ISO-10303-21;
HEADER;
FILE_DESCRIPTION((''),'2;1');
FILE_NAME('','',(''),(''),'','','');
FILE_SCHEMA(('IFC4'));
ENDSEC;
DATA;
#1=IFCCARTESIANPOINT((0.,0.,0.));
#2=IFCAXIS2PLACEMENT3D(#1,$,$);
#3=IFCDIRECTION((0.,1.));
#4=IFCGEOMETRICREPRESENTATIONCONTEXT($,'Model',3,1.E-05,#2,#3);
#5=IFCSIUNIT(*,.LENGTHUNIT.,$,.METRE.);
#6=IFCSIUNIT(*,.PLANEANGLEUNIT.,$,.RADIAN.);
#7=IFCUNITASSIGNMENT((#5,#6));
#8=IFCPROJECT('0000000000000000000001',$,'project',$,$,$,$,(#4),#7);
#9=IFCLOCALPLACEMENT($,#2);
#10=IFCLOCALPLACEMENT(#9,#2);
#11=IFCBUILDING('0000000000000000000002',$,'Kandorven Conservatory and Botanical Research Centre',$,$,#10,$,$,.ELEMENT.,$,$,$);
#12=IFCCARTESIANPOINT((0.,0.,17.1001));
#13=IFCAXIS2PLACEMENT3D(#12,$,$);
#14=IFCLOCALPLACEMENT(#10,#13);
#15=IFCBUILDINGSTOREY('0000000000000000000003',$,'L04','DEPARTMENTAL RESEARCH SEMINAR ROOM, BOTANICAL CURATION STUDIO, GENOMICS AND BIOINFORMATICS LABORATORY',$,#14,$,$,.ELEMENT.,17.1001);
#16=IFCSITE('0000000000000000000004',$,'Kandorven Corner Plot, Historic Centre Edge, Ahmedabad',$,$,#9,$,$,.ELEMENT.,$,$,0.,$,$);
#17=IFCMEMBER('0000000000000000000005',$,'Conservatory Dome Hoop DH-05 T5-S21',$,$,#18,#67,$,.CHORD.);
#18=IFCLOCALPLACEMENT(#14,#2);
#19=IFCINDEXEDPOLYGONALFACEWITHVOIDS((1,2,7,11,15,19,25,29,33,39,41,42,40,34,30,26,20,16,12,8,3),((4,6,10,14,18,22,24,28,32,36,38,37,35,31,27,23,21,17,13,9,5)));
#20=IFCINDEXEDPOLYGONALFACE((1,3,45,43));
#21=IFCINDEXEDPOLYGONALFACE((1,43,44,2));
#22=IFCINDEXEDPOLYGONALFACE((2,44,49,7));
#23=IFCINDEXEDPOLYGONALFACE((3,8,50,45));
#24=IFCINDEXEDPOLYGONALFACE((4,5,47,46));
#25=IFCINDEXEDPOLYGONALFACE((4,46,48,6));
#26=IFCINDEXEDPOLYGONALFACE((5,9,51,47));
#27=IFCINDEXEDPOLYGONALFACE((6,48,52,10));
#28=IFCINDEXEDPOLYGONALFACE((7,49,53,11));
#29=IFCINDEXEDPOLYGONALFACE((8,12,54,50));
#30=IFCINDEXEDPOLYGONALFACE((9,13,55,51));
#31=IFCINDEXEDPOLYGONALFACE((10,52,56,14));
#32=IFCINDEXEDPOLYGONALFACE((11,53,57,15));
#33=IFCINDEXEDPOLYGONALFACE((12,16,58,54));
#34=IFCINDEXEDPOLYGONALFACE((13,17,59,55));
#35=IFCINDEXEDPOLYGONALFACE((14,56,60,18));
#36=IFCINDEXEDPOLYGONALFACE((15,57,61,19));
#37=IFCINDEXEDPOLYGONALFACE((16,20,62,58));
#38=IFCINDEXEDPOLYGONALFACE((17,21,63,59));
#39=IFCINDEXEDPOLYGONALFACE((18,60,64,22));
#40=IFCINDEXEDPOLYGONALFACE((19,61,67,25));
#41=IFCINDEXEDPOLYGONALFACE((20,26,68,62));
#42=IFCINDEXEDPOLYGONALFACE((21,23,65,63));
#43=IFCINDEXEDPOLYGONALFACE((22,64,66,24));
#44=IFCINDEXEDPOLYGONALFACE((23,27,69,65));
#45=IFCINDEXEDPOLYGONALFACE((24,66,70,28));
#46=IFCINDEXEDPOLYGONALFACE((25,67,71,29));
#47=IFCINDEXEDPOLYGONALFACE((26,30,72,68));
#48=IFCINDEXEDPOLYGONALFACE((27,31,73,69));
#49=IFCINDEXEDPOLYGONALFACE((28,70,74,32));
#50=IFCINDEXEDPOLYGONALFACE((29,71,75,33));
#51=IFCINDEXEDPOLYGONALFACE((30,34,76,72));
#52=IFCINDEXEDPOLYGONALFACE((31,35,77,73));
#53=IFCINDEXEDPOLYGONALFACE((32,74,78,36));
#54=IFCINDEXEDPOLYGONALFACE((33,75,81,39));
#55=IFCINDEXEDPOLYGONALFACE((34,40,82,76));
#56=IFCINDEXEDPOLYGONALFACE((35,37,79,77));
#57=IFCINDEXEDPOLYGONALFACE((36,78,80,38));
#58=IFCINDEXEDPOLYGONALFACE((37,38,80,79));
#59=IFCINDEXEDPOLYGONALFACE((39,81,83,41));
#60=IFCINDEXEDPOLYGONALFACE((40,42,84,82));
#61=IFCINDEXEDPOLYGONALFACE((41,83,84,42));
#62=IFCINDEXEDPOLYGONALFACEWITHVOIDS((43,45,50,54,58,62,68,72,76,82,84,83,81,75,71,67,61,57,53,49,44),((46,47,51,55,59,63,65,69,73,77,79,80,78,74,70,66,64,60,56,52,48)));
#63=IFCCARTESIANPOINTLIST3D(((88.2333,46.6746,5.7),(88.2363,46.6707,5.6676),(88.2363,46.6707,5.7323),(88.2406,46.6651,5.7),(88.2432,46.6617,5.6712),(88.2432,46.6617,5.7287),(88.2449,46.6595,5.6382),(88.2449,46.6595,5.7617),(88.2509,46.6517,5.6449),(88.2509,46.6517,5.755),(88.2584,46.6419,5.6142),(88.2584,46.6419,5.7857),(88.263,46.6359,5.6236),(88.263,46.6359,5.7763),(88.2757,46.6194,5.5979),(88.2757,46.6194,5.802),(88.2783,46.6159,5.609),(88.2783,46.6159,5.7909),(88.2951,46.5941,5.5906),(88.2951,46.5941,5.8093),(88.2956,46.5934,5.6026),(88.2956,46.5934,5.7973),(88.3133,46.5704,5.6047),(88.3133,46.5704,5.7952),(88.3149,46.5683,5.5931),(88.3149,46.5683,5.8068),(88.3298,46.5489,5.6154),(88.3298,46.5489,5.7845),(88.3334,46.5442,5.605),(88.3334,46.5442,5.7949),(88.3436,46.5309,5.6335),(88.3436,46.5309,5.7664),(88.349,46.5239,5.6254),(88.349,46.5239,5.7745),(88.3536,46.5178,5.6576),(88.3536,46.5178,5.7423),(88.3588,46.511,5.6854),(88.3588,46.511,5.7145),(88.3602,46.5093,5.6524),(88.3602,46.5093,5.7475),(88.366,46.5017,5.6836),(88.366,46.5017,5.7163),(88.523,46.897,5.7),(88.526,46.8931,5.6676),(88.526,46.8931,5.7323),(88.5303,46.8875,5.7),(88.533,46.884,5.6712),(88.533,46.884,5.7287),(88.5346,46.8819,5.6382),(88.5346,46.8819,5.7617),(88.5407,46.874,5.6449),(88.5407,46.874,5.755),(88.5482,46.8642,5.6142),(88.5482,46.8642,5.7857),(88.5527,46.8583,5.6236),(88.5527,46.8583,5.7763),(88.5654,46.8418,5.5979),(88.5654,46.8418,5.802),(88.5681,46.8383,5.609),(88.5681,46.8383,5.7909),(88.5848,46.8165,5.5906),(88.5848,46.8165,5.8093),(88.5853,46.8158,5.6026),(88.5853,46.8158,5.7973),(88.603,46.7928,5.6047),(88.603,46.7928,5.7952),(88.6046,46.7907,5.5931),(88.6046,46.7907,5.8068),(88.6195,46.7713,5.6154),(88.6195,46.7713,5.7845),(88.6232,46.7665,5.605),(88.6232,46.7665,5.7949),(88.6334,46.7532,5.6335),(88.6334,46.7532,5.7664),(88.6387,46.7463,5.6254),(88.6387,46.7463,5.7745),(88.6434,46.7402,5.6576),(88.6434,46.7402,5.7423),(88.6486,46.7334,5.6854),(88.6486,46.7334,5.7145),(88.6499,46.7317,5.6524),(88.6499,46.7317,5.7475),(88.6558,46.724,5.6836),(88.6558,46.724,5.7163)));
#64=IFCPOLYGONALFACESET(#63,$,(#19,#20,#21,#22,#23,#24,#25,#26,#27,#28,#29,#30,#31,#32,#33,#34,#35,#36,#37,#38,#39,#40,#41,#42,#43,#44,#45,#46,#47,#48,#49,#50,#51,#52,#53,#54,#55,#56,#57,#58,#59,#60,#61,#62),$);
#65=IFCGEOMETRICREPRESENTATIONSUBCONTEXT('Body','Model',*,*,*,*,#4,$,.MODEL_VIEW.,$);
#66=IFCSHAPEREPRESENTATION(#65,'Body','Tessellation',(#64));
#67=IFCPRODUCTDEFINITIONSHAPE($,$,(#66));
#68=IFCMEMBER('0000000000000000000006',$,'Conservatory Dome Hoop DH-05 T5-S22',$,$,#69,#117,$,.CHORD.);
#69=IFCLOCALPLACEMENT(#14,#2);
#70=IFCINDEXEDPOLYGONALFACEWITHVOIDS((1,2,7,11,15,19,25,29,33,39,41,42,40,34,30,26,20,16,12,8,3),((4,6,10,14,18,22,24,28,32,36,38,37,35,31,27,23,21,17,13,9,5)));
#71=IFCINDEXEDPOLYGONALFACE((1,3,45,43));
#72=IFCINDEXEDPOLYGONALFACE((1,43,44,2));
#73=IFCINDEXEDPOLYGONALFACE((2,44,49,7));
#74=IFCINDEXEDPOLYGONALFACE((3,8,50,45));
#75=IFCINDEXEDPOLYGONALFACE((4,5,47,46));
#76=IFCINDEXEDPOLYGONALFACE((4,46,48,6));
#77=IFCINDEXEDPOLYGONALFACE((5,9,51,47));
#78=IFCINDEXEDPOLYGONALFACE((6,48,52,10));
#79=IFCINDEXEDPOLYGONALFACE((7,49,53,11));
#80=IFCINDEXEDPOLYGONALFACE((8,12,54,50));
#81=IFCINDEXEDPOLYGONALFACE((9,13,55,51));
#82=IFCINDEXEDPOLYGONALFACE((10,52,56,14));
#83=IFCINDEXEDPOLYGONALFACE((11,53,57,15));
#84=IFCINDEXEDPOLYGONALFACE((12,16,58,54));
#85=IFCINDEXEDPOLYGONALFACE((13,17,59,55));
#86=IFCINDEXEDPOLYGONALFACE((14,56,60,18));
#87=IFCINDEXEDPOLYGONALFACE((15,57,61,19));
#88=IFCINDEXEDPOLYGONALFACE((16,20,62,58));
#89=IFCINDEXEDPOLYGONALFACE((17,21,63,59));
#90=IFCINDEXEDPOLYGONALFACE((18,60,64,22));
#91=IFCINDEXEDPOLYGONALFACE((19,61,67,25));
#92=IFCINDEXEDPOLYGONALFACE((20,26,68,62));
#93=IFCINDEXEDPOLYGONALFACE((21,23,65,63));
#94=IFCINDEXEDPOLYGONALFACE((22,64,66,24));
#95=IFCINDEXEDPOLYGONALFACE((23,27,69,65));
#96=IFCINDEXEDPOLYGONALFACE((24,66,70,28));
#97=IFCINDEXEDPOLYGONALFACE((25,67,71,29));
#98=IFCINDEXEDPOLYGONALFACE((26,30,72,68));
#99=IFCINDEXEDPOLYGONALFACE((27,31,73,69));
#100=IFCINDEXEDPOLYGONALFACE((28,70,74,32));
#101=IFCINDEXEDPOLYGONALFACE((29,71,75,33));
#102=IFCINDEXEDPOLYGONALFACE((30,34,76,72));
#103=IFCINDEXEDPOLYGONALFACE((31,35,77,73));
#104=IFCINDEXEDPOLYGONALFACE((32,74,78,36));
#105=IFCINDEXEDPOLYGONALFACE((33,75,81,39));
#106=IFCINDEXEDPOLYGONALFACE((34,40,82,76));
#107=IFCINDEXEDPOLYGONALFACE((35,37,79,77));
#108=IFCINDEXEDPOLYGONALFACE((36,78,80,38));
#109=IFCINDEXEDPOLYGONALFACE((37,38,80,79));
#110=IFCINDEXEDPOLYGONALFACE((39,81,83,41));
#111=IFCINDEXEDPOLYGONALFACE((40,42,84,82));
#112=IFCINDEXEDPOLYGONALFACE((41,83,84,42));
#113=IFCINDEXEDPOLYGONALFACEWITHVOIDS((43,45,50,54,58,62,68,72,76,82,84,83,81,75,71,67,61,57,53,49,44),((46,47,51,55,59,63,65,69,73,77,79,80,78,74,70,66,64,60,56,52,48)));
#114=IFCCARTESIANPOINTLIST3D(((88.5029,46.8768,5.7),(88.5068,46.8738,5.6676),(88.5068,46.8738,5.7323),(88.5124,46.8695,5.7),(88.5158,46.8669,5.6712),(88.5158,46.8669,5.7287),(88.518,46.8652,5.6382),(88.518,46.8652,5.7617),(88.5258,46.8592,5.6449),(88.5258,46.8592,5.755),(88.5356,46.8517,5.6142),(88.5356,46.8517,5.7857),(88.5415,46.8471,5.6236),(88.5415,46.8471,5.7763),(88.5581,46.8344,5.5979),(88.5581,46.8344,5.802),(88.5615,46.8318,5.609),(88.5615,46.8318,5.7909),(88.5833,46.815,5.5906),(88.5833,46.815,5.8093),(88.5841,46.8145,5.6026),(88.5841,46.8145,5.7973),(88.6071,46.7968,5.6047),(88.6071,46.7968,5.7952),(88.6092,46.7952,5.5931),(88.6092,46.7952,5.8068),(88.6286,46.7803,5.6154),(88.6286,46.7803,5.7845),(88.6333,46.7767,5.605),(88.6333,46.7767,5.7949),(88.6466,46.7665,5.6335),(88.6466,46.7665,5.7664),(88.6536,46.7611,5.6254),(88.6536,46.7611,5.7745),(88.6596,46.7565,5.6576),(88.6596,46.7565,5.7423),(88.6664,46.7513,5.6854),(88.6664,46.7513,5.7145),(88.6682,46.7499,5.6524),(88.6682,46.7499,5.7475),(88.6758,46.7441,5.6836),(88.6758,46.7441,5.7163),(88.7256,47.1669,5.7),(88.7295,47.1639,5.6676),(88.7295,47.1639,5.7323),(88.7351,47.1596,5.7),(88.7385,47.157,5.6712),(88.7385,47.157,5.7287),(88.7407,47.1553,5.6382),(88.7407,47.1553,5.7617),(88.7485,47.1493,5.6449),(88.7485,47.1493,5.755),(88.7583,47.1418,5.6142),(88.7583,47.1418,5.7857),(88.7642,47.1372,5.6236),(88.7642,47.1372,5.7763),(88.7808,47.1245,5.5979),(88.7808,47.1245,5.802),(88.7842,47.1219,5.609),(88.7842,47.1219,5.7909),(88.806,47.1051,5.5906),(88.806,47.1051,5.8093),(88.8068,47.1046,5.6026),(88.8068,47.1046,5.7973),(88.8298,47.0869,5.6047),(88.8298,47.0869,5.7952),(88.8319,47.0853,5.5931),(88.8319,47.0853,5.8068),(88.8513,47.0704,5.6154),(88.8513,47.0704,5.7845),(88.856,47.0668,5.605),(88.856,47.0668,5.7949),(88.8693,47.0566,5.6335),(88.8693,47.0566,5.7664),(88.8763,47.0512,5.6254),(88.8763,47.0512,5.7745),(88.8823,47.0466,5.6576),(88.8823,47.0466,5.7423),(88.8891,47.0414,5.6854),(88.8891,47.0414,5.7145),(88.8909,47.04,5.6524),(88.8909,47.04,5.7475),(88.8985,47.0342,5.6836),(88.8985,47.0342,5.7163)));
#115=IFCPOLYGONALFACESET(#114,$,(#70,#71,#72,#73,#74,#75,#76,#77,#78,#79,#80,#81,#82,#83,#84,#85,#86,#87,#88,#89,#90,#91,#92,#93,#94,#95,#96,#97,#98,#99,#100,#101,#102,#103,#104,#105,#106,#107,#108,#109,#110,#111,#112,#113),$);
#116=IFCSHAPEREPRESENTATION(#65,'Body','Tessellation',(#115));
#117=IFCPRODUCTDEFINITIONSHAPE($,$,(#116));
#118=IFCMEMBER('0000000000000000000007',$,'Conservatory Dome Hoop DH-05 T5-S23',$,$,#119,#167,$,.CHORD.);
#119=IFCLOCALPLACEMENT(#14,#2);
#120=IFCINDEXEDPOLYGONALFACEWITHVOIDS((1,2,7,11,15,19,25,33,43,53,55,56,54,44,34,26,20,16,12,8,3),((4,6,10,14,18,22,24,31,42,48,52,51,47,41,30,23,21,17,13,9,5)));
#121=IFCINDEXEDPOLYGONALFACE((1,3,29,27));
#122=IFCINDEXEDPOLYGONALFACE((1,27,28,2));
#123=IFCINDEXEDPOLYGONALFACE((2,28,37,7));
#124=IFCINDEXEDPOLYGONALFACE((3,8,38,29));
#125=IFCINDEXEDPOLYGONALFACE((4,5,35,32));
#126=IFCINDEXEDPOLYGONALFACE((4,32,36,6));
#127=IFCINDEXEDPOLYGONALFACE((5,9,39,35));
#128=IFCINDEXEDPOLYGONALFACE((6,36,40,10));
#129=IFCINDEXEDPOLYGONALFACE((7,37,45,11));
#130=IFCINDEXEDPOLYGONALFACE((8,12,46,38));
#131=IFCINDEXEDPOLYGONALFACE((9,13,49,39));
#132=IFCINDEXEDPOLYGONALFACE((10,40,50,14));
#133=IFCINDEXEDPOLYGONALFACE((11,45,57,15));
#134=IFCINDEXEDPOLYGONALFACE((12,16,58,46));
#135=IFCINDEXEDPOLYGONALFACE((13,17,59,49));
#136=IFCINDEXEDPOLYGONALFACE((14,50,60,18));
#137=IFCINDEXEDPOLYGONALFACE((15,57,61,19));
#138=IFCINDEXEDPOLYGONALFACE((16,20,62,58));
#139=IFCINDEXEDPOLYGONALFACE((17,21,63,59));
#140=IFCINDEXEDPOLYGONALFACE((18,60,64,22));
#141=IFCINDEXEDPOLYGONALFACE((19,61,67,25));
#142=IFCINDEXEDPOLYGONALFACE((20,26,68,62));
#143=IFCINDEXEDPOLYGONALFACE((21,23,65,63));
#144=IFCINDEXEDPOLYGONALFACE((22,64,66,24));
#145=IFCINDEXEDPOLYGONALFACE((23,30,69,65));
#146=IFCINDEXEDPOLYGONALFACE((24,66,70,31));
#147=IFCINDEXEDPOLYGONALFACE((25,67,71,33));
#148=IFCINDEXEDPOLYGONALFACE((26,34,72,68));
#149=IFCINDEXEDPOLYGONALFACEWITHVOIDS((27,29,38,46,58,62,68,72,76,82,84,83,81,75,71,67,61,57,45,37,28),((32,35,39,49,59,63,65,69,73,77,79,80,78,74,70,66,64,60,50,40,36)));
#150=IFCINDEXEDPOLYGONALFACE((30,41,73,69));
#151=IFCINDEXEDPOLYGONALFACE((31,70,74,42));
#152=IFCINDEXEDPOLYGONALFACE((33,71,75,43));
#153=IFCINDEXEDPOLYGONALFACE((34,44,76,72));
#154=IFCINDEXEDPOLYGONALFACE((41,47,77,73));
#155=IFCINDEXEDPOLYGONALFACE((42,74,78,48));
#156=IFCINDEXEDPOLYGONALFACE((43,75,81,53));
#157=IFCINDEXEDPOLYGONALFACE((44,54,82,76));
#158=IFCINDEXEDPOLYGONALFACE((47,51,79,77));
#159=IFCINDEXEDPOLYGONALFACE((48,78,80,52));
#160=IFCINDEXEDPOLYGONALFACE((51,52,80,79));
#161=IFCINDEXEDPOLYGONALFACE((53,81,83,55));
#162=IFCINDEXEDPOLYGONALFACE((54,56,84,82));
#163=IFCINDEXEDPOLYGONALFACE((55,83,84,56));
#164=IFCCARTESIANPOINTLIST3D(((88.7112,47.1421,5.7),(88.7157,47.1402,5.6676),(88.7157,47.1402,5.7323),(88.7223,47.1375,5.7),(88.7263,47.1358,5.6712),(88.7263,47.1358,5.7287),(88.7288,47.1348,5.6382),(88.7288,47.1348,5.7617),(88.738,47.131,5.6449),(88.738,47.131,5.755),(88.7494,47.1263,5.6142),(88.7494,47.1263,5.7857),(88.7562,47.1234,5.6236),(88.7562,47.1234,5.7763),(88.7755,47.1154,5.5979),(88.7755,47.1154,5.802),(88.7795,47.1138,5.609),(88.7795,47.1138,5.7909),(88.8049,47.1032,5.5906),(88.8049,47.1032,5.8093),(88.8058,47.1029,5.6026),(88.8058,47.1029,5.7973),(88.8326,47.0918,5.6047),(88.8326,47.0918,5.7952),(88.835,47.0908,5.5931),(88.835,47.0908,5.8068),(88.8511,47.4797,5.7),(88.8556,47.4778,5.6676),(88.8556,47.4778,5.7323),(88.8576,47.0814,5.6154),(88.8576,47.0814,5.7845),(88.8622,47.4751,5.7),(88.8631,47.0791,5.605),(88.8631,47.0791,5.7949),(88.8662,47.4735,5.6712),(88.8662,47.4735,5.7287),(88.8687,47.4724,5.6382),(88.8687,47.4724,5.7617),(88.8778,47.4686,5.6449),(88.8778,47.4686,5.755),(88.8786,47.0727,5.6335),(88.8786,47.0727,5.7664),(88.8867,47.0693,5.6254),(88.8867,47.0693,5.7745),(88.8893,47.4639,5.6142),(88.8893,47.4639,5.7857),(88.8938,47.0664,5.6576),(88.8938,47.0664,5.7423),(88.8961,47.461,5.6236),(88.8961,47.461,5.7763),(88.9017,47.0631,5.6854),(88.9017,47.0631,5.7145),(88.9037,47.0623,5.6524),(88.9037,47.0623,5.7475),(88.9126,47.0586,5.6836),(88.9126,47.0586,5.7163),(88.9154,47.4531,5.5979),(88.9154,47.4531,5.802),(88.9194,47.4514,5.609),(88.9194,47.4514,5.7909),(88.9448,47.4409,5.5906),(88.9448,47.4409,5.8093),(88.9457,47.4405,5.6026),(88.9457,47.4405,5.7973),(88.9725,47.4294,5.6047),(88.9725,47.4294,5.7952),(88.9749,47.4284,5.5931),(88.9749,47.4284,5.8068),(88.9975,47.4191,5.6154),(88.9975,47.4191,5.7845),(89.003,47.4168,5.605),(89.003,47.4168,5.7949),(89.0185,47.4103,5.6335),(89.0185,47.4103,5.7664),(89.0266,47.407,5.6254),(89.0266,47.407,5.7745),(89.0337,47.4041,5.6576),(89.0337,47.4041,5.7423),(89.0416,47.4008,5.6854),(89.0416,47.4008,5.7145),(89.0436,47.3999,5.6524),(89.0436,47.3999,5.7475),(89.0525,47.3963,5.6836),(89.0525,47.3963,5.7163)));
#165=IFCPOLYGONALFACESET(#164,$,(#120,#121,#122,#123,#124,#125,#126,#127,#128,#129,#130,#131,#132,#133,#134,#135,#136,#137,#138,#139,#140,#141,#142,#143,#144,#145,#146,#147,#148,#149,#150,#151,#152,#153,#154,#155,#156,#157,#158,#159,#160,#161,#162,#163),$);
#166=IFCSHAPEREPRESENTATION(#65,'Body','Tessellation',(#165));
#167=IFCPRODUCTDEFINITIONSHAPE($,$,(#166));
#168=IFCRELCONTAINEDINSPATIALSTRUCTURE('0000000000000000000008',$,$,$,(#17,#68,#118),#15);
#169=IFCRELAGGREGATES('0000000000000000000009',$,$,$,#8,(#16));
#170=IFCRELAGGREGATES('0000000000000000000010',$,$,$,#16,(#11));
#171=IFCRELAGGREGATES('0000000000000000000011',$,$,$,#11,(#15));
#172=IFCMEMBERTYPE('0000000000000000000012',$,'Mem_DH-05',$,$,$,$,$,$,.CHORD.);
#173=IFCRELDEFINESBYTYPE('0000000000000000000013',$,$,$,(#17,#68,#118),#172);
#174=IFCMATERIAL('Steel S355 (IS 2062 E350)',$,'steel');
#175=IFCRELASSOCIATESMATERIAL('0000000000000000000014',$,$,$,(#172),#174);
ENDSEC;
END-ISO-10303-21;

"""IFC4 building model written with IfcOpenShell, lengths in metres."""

from ifc_helpers import new_model, si_unit, direction, frame, origin, origin_2d, place, context, subcontext, project, spatial, hollow_circle, extrude, material, material_profile, profile_set, type_object, element, save


model = new_model("IFC4")

# Units and contexts
model_context = context("Model", 3, precision=1e-05, world=origin(), true_north=direction((0.0, 1.0)))
body_context = subcontext(model_context, "Body", "Model", "MODEL_VIEW")
ifc_project = project(units=[si_unit("LENGTHUNIT", "METRE"), si_unit("PLANEANGLEUNIT", "RADIAN")], contexts=[model_context])

# Site, building, storey
site_placement = place(None, origin())
site = spatial("IfcSite", under=ifc_project, at=site_placement, Name="Kandorven Corner Plot, Historic Centre Edge, Ahmedabad", CompositionType="ELEMENT", RefElevation=0.0)
building_placement = place(site_placement, origin())
building = spatial("IfcBuilding", under=site, at=building_placement, Name="Kandorven Conservatory and Botanical Research Centre", CompositionType="ELEMENT")
storey_placement = place(building_placement, frame((0.0, 0.0, 17.1001)))
storey = spatial("IfcBuildingStorey", under=building, at=storey_placement, Name="L04", Description="DEPARTMENTAL RESEARCH SEMINAR ROOM, BOTANICAL CURATION STUDIO, GENOMICS AND BIOINFORMATICS LABORATORY", CompositionType="ELEMENT", Elevation=17.1001)

# Members
ifc_material_1 = material(Name="Steel S355 (IS 2062 E350)", Category="steel")
ifc_material_profile_1 = material_profile(ifc_material_1, hollow_circle(Radius=0.1096, WallThickness=0.012, at=origin_2d()))
ifc_profile_set_1 = profile_set([ifc_material_profile_1], Name="Steel S355 (IS 2062 E350)")
member_type_1 = type_object("IfcMemberType", Name="Mem_DH-05", PredefinedType="CHORD", material=ifc_profile_set_1)
member_1_placement = place(storey_placement, frame((88.3, 46.5876, 5.7), z_axis=(0.793294, 0.608838, 0.0), x_axis=(-0.608838, 0.793294, 0.0)))
element("IfcMember", 1, at=member_1_placement, inside=storey, type_object=member_type_1, Name="Conservatory Dome Hoop DH-05 T5-S21", PredefinedType="CHORD", context=body_context, shape_type="SweptSolid", body=[
    extrude(hollow_circle(Radius=0.1096, WallThickness=0.012, at=origin_2d()), origin(), (0.0, 0.0, 1.0), 0.3652),
])
member_2_placement = place(storey_placement, frame((88.5898, 46.8101, 5.7), z_axis=(0.608936, 0.793219, 0.0), x_axis=(-0.793219, 0.608936, 0.0)))
element("IfcMember", 2, at=member_2_placement, inside=storey, type_object=member_type_1, Name="Conservatory Dome Hoop DH-05 T5-S22", PredefinedType="CHORD", context=body_context, shape_type="SweptSolid", body=[
    extrude(hollow_circle(Radius=0.1096, WallThickness=0.012, at=origin_2d()), origin(), (0.0, 0.0, 1.0), 0.3657),
])
for number, where, z_axis, x_axis, name in (
    (3, (88.8125, 47.1001, 5.7), (0.382765, 0.923846, 0.0), (-0.923846, 0.382765, 0.0), "Conservatory Dome Hoop DH-05 T5-S23"),
):
    element("IfcMember", number, at=place(storey_placement, frame(where, z_axis=z_axis, x_axis=x_axis)), inside=storey, type_object=member_type_1, Name=name, PredefinedType="CHORD", context=body_context, shape_type="SweptSolid", body=[
        extrude(hollow_circle(Radius=0.1096, WallThickness=0.012, at=origin_2d()), origin(), (0.0, 0.0, 1.0), 0.3655),
    ])

save(model, "model.ifc")
